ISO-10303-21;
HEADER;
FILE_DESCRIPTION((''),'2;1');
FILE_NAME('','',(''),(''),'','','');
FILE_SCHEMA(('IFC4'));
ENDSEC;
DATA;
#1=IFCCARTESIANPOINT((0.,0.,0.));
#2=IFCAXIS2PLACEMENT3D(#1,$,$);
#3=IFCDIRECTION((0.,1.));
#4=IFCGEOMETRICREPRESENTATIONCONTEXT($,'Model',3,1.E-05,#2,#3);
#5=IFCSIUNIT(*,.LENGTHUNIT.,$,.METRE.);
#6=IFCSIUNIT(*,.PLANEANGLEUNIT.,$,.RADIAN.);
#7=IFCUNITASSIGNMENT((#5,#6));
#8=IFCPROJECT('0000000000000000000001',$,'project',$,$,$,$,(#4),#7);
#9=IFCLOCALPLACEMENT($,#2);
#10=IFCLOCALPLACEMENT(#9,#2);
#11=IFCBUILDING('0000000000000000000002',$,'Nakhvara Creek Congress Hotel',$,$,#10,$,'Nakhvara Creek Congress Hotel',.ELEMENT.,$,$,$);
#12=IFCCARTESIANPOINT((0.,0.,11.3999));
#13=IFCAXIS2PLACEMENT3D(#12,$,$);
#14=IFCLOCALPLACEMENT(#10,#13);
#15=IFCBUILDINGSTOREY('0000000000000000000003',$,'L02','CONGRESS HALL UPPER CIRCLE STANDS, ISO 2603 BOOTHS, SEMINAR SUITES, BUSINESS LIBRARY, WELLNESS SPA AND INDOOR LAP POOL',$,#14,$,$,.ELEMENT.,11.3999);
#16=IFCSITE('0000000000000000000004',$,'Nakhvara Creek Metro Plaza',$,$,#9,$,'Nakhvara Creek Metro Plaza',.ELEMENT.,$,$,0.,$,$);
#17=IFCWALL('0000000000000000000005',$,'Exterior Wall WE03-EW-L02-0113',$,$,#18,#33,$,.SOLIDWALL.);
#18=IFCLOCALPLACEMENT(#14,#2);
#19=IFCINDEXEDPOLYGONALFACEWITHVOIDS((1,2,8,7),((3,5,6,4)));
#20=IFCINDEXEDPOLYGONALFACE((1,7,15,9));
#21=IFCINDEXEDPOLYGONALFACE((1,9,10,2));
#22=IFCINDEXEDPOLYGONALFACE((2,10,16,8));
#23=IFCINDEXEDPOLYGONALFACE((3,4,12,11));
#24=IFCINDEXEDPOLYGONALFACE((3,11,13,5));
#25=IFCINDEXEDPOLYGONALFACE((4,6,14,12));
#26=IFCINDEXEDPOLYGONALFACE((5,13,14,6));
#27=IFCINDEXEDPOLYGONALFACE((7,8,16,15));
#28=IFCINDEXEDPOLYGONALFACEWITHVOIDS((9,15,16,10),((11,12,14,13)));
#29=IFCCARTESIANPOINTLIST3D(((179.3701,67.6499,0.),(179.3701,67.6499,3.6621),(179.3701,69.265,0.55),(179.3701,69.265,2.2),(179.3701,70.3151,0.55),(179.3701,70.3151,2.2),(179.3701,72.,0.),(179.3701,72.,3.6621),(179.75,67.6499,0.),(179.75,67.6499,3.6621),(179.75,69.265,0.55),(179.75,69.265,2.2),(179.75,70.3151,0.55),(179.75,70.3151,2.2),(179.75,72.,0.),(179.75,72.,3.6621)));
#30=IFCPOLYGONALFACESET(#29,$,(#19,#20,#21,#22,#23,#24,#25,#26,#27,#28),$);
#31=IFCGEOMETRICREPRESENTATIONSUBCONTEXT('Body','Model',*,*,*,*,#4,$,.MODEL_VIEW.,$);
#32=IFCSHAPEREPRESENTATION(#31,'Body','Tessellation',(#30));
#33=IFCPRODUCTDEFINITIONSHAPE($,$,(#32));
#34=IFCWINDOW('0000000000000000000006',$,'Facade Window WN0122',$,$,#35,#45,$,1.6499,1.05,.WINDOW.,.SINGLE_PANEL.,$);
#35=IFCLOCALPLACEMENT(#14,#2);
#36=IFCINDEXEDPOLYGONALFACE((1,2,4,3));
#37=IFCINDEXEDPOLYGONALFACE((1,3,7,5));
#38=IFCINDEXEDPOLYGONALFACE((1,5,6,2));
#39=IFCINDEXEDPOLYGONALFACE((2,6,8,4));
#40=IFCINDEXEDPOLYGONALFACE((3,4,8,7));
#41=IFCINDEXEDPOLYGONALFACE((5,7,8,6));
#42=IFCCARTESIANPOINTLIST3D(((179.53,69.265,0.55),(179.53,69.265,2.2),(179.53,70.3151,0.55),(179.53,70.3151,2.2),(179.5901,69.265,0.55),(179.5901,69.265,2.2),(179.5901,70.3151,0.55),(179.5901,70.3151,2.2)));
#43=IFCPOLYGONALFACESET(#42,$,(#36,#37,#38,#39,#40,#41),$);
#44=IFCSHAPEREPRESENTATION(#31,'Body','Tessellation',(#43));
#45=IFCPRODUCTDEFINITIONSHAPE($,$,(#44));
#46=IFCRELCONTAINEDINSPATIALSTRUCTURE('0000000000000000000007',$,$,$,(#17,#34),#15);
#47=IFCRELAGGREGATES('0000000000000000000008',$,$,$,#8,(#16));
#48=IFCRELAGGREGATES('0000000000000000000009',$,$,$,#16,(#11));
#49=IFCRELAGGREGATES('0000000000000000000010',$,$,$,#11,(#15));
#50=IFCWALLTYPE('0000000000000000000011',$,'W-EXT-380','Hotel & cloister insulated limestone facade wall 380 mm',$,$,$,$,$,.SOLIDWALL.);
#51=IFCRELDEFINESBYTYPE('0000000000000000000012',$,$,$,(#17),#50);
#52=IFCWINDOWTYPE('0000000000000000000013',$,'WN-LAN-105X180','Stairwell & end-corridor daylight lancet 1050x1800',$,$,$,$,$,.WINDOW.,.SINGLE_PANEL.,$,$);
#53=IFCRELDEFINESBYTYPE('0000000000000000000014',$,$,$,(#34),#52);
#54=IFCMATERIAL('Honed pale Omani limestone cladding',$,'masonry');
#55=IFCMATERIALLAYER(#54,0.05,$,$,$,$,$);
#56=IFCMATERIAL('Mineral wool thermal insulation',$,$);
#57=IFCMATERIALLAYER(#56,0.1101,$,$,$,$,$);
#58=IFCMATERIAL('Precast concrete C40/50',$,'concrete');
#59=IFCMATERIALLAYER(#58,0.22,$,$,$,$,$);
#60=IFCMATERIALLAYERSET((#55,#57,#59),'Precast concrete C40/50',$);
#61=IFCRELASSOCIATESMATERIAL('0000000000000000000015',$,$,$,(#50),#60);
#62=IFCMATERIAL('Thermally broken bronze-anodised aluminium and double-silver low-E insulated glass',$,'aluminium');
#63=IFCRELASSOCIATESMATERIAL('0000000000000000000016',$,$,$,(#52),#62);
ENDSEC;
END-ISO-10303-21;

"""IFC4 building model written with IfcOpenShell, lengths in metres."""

from ifc_helpers import new_model, si_unit, direction, frame, frame_2d, origin, place, context, subcontext, project, spatial, rectangle, extrude, material, layer, layer_set, type_object, element, fill, save


model = new_model("IFC4")

# Units and contexts
model_context = context("Model", 3, precision=1e-05, world=origin(), true_north=direction((0.0, 1.0)))
body_context = subcontext(model_context, "Body", "Model", "MODEL_VIEW")
ifc_project = project(units=[si_unit("LENGTHUNIT", "METRE"), si_unit("PLANEANGLEUNIT", "RADIAN")], contexts=[model_context])

# Site, building, storey
site_placement = place(None, origin())
site = spatial("IfcSite", under=ifc_project, at=site_placement, Name="Nakhvara Creek Metro Plaza", LongName="Nakhvara Creek Metro Plaza", CompositionType="ELEMENT", RefElevation=0.0)
building_placement = place(site_placement, origin())
building = spatial("IfcBuilding", under=site, at=building_placement, Name="Nakhvara Creek Congress Hotel", LongName="Nakhvara Creek Congress Hotel", CompositionType="ELEMENT")
storey_placement = place(building_placement, frame((0.0, 0.0, 11.3999)))
storey = spatial("IfcBuildingStorey", under=building, at=storey_placement, Name="L02", Description="CONGRESS HALL UPPER CIRCLE STANDS, ISO 2603 BOOTHS, SEMINAR SUITES, BUSINESS LIBRARY, WELLNESS SPA AND INDOOR LAP POOL", CompositionType="ELEMENT", Elevation=11.3999)

# Wall, opening, window
ifc_material_1 = material(Name="Honed pale Omani limestone cladding", Category="masonry")
ifc_layer_1 = layer(ifc_material_1, 0.05)
ifc_material_2 = material(Name="Mineral wool thermal insulation")
ifc_layer_2 = layer(ifc_material_2, 0.1101)
ifc_material_3 = material(Name="Precast concrete C40/50", Category="concrete")
ifc_layer_3 = layer(ifc_material_3, 0.22)
ifc_layer_set_1 = layer_set([ifc_layer_1, ifc_layer_2, ifc_layer_3], Name="Precast concrete C40/50")
wall_type = type_object("IfcWallType", Name="W-EXT-380", Description="Hotel & cloister insulated limestone facade wall 380 mm", PredefinedType="SOLIDWALL", material=ifc_layer_set_1)
wall_placement = place(storey_placement, frame((179.5601, 72.0, 0.0), z_axis=(0.0, 0.0, 1.0), x_axis=(0.0, -1.0, 0.0)))
wall = element("IfcWall", 1, at=wall_placement, inside=storey, type_object=wall_type, Name="Exterior Wall WE03-EW-L02-0113", PredefinedType="SOLIDWALL", context=body_context, shape_type="SweptSolid", body=[
    extrude(rectangle(XDim=4.3501, YDim=0.3799, at=frame_2d((2.175, 0.0))), origin(), (0.0, 0.0, 1.0), 3.6621),
])
opening_placement = place(wall_placement, frame((1.6851, 0.0, 0.55)))
opening = element("IfcOpeningElement", 2, at=opening_placement, cuts=wall, PredefinedType="OPENING", context=body_context, shape_type="SweptSolid", body=[
    extrude(rectangle(XDim=1.05, YDim=1.6499, at=frame_2d((0.5249, 0.825))), frame((0.0, 0.2019, 0.0), z_axis=(0.0, -1.0, 0.0), x_axis=(1.0, 0.0, 0.0)), (0.0, 0.0, 1.0), 0.4038),
])
ifc_material_4 = material(Name="Thermally broken bronze-anodised aluminium and double-silver low-E insulated glass", Category="aluminium")
window_type = type_object("IfcWindowType", Name="WN-LAN-105X180", Description="Stairwell & end-corridor daylight lancet 1050x1800", PartitioningType="SINGLE_PANEL", PredefinedType="WINDOW", material=ifc_material_4)
window_placement = place(opening_placement, origin())
window = element("IfcWindow", 3, at=window_placement, inside=storey, type_object=window_type, Name="Facade Window WN0122", OverallHeight=1.6499, OverallWidth=1.05, PartitioningType="SINGLE_PANEL", PredefinedType="WINDOW", context=body_context, shape_type="SweptSolid", body=[
    extrude(rectangle(XDim=1.05, YDim=1.6499, at=frame_2d((0.5249, 0.825))), frame((0.0, 0.03, 0.0), z_axis=(0.0, -1.0, 0.0), x_axis=(1.0, 0.0, 0.0)), (0.0, 0.0, 1.0), 0.0601),
])
fill(opening, window)

save(model, "model.ifc")
